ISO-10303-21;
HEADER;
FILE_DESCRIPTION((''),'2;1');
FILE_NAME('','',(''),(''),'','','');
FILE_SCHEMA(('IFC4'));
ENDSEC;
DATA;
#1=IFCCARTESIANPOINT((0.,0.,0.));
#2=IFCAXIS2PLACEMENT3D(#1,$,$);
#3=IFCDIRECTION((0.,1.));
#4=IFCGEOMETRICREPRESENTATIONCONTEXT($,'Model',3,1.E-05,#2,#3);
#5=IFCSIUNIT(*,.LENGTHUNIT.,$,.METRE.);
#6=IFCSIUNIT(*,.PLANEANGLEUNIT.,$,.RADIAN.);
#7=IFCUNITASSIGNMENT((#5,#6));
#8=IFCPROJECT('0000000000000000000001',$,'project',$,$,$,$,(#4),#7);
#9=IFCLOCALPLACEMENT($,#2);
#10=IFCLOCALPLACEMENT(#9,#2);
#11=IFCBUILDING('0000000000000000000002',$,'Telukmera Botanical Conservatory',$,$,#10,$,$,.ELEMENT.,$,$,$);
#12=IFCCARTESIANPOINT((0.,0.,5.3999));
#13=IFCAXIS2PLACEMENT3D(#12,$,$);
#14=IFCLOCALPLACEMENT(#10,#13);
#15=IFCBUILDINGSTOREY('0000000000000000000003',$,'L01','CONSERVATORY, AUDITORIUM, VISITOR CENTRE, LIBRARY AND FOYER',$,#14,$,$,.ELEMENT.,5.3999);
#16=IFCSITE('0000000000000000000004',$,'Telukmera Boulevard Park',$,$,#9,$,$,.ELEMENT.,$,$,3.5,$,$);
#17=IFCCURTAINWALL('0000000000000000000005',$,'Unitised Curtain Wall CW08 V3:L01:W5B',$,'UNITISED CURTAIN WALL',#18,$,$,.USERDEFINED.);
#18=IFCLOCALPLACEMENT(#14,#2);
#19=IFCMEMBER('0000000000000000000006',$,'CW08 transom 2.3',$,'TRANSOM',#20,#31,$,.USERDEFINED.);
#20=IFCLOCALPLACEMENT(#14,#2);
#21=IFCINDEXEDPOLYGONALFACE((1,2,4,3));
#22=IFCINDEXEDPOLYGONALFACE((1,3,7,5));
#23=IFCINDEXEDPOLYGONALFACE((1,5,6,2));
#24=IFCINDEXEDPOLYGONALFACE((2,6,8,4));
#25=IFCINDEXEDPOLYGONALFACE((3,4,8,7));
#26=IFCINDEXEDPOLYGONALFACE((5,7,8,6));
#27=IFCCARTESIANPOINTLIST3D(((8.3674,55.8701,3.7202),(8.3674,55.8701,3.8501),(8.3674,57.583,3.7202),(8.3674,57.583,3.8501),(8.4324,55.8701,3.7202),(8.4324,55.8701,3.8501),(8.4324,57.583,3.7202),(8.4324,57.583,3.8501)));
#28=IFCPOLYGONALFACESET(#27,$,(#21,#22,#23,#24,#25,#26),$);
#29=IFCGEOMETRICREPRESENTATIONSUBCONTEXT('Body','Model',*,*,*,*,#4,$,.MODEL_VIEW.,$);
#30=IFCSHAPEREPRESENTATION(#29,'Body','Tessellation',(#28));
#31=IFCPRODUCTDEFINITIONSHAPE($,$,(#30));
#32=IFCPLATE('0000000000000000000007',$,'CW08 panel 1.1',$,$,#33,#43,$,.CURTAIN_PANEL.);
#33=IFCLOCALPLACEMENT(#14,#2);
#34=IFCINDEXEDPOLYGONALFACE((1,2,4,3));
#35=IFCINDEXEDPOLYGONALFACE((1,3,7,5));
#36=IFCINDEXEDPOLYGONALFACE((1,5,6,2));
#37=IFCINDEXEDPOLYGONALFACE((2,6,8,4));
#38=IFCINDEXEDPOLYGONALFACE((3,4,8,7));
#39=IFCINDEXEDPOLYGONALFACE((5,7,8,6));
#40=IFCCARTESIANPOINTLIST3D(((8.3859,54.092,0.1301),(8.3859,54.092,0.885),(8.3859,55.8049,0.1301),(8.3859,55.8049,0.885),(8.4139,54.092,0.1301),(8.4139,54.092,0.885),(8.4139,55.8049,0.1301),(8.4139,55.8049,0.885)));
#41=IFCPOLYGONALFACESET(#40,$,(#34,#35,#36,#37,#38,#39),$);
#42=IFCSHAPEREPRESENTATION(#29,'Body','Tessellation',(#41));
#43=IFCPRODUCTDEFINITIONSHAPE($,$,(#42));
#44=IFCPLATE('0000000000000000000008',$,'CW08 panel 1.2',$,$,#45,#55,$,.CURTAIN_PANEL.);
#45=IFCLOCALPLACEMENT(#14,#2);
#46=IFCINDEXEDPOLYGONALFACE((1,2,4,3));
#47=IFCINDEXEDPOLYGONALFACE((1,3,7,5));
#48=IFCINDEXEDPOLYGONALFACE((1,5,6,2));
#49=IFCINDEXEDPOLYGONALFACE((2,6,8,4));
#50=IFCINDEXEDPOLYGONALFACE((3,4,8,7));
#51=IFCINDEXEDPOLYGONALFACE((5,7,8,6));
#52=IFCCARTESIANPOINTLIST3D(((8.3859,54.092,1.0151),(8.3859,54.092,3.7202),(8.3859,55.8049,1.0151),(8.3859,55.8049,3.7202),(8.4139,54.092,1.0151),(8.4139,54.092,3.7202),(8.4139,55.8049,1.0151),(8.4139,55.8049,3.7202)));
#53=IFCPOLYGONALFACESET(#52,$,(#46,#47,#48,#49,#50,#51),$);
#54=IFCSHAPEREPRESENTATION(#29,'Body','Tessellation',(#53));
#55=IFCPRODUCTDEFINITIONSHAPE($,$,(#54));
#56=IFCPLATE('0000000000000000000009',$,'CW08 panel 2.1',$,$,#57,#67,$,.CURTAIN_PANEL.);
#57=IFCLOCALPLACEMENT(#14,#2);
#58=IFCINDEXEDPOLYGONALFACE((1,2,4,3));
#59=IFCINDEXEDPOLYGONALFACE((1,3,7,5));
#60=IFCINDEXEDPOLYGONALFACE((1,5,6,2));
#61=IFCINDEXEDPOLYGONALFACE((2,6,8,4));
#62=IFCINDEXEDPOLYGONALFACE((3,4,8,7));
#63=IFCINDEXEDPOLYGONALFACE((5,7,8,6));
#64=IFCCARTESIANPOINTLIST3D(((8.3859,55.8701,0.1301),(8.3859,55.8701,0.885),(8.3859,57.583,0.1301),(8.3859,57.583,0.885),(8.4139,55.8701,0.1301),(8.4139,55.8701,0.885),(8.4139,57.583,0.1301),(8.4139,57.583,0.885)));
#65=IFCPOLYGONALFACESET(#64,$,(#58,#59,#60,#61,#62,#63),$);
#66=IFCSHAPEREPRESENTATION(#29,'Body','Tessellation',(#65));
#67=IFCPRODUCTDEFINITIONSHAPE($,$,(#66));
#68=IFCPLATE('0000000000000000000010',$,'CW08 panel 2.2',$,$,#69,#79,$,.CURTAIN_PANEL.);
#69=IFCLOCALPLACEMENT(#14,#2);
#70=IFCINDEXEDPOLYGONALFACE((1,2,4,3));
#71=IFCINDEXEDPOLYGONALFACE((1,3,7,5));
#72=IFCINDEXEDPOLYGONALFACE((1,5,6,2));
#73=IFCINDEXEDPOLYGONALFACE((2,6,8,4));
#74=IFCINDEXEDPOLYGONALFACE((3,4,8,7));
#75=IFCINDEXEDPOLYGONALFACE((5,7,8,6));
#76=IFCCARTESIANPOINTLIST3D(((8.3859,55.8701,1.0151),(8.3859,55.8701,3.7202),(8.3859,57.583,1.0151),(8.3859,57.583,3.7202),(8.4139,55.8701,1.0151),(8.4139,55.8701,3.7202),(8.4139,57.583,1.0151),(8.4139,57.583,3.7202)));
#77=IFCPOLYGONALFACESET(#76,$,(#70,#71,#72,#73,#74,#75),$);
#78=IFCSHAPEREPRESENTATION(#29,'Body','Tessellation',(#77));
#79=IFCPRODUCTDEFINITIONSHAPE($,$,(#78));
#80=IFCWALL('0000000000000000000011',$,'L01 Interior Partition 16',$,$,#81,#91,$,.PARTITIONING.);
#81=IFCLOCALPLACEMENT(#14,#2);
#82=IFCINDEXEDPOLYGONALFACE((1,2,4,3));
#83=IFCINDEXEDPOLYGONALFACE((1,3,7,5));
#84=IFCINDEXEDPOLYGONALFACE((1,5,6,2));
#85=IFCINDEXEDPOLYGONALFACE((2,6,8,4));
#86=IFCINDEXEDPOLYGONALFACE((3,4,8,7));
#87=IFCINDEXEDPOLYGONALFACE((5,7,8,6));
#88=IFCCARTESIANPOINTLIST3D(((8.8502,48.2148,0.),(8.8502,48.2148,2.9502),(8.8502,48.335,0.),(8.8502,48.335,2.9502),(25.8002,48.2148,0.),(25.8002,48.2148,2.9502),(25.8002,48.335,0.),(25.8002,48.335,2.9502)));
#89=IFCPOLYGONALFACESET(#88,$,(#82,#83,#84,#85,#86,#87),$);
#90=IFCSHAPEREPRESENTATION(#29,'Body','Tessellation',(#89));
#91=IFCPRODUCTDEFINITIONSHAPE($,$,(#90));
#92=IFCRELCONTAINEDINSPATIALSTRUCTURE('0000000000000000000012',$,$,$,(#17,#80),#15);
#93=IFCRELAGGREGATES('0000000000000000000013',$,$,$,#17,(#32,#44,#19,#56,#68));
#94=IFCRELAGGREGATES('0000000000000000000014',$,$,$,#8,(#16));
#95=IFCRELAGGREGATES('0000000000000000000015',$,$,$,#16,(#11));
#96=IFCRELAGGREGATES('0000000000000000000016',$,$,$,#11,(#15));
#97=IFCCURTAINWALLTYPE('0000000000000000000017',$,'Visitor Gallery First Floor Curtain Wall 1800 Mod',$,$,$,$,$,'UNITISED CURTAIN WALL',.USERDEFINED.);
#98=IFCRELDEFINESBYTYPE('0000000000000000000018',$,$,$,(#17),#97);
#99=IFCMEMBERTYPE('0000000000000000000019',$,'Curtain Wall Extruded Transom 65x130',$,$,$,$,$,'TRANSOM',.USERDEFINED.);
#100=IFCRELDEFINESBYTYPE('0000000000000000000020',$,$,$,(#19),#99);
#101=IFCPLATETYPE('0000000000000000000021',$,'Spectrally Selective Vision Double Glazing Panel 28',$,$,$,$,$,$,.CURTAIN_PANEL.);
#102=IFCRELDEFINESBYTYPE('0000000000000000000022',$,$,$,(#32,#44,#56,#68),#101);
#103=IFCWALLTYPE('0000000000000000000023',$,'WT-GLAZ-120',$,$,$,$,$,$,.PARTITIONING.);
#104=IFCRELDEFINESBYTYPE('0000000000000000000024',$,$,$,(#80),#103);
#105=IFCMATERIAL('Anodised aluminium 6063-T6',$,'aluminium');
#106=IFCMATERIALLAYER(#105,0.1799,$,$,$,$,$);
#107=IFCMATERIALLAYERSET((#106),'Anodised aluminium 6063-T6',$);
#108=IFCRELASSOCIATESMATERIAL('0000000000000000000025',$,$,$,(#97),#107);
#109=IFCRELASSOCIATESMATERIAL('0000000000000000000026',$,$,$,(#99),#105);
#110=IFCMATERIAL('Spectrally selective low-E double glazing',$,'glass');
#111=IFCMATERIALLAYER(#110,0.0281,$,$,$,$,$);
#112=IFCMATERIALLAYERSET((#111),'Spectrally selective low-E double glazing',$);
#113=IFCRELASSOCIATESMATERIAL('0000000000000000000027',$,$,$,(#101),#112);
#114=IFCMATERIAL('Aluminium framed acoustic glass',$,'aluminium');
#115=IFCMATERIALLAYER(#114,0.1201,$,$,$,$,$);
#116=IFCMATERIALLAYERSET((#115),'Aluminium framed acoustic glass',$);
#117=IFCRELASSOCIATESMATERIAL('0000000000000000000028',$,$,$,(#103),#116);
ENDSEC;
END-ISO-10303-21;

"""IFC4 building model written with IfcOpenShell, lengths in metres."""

from ifc_helpers import new_model, si_unit, direction, frame, frame_2d, origin, origin_2d, place, context, subcontext, project, spatial, rectangle, extrude, material, layer, layer_set, material_profile, profile_set, type_object, element, aggregate, save


model = new_model("IFC4")

# Units and contexts
model_context = context("Model", 3, precision=1e-05, world=origin(), true_north=direction((0.0, 1.0)))
body_context = subcontext(model_context, "Body", "Model", "MODEL_VIEW")
ifc_project = project(units=[si_unit("LENGTHUNIT", "METRE"), si_unit("PLANEANGLEUNIT", "RADIAN")], contexts=[model_context])

# Site, building, storey
site_placement = place(None, origin())
site = spatial("IfcSite", under=ifc_project, at=site_placement, Name="Telukmera Boulevard Park", CompositionType="ELEMENT", RefElevation=3.5)
building_placement = place(site_placement, origin())
building = spatial("IfcBuilding", under=site, at=building_placement, Name="Telukmera Botanical Conservatory", CompositionType="ELEMENT")
storey_placement = place(building_placement, frame((0.0, 0.0, 5.3999)))
storey = spatial("IfcBuildingStorey", under=building, at=storey_placement, Name="L01", Description="CONSERVATORY, AUDITORIUM, VISITOR CENTRE, LIBRARY AND FOYER", CompositionType="ELEMENT", Elevation=5.3999)

# Curtain wall, member, plates
ifc_material_1 = material(Name="Anodised aluminium 6063-T6", Category="aluminium")
ifc_layer_1 = layer(ifc_material_1, 0.1799)
ifc_layer_set_1 = layer_set([ifc_layer_1], Name="Anodised aluminium 6063-T6")
curtain_wall_type = type_object("IfcCurtainWallType", Name="Visitor Gallery First Floor Curtain Wall 1800 Mod", ElementType="UNITISED CURTAIN WALL", PredefinedType="USERDEFINED", material=ifc_layer_set_1)
curtain_wall_placement = place(storey_placement, origin())
curtain_wall = element("IfcCurtainWall", 1, at=curtain_wall_placement, inside=storey, type_object=curtain_wall_type, Name="Unitised Curtain Wall CW08 V3:L01:W5B", ObjectType="UNITISED CURTAIN WALL", PredefinedType="USERDEFINED")
ifc_material_profile_1 = material_profile(ifc_material_1, rectangle(XDim=0.0649, YDim=0.1299, at=origin_2d()), Name="ALU TRAN 65x130")
ifc_profile_set_1 = profile_set([ifc_material_profile_1], Name="Anodised aluminium 6063-T6")
member_type_1 = type_object("IfcMemberType", Name="Curtain Wall Extruded Transom 65x130", ElementType="TRANSOM", PredefinedType="USERDEFINED", material=ifc_profile_set_1)
member_1_placement = place(storey_placement, frame((8.3999, 55.8701, 3.7852), z_axis=(0.0, 1.0, 0.0), x_axis=(-1.0, 0.0, 0.0)))
member_1 = element("IfcMember", 2, at=member_1_placement, type_object=member_type_1, Name="CW08 transom 2.3", ObjectType="TRANSOM", PredefinedType="USERDEFINED", context=body_context, shape_type="SweptSolid", body=[
    extrude(rectangle(XDim=0.0649, YDim=0.1299, at=origin_2d()), origin(), (0.0, 0.0, 1.0), 1.7129),
])
ifc_material_2 = material(Name="Spectrally selective low-E double glazing", Category="glass")
ifc_layer_2 = layer(ifc_material_2, 0.0281)
ifc_layer_set_2 = layer_set([ifc_layer_2], Name="Spectrally selective low-E double glazing")
plate_type = type_object("IfcPlateType", Name="Spectrally Selective Vision Double Glazing Panel 28", PredefinedType="CURTAIN_PANEL", material=ifc_layer_set_2)
plate_1_placement = place(storey_placement, frame((8.3999, 54.9485, 0.1301), z_axis=(0.0, 0.0, 1.0), x_axis=(0.0, 1.0, 0.0)))
plate_1 = element("IfcPlate", 3, at=plate_1_placement, type_object=plate_type, Name="CW08 panel 1.1", PredefinedType="CURTAIN_PANEL", context=body_context, shape_type="SweptSolid", body=[
    extrude(rectangle(XDim=1.7129, YDim=0.0281, at=origin_2d()), origin(), (0.0, 0.0, 1.0), 0.7549),
])
plate_2_placement = place(storey_placement, frame((8.3999, 54.9485, 1.0151), z_axis=(0.0, 0.0, 1.0), x_axis=(0.0, 1.0, 0.0)))
plate_2 = element("IfcPlate", 4, at=plate_2_placement, type_object=plate_type, Name="CW08 panel 1.2", PredefinedType="CURTAIN_PANEL", context=body_context, shape_type="SweptSolid", body=[
    extrude(rectangle(XDim=1.7129, YDim=0.0281, at=origin_2d()), origin(), (0.0, 0.0, 1.0), 2.7051),
])
plate_3_placement = place(storey_placement, frame((8.3999, 56.7266, 0.1301), z_axis=(0.0, 0.0, 1.0), x_axis=(0.0, 1.0, 0.0)))
plate_3 = element("IfcPlate", 5, at=plate_3_placement, type_object=plate_type, Name="CW08 panel 2.1", PredefinedType="CURTAIN_PANEL", context=body_context, shape_type="SweptSolid", body=[
    extrude(rectangle(XDim=1.7129, YDim=0.0281, at=origin_2d()), origin(), (0.0, 0.0, 1.0), 0.7549),
])
plate_4_placement = place(storey_placement, frame((8.3999, 56.7266, 1.0151), z_axis=(0.0, 0.0, 1.0), x_axis=(0.0, 1.0, 0.0)))
plate_4 = element("IfcPlate", 6, at=plate_4_placement, type_object=plate_type, Name="CW08 panel 2.2", PredefinedType="CURTAIN_PANEL", context=body_context, shape_type="SweptSolid", body=[
    extrude(rectangle(XDim=1.7129, YDim=0.0281, at=origin_2d()), origin(), (0.0, 0.0, 1.0), 2.7051),
])
aggregate(curtain_wall, [plate_1, plate_2, member_1, plate_3, plate_4])

# Wall
ifc_material_3 = material(Name="Aluminium framed acoustic glass", Category="aluminium")
ifc_layer_3 = layer(ifc_material_3, 0.1201)
ifc_layer_set_3 = layer_set([ifc_layer_3], Name="Aluminium framed acoustic glass")
wall_type = type_object("IfcWallType", Name="WT-GLAZ-120", PredefinedType="PARTITIONING", material=ifc_layer_set_3)
wall_placement = place(storey_placement, frame((8.8501, 48.2749, 0.0), z_axis=(0.0, 0.0, 1.0), x_axis=(1.0, 0.0, 0.0)))
element("IfcWall", 7, at=wall_placement, inside=storey, type_object=wall_type, Name="L01 Interior Partition 16", PredefinedType="PARTITIONING", context=body_context, shape_type="SweptSolid", body=[
    extrude(rectangle(XDim=16.95, YDim=0.1201, at=frame_2d((8.4751, 0.0))), origin(), (0.0, 0.0, 1.0), 2.9502),
])

save(model, "model.ifc")
